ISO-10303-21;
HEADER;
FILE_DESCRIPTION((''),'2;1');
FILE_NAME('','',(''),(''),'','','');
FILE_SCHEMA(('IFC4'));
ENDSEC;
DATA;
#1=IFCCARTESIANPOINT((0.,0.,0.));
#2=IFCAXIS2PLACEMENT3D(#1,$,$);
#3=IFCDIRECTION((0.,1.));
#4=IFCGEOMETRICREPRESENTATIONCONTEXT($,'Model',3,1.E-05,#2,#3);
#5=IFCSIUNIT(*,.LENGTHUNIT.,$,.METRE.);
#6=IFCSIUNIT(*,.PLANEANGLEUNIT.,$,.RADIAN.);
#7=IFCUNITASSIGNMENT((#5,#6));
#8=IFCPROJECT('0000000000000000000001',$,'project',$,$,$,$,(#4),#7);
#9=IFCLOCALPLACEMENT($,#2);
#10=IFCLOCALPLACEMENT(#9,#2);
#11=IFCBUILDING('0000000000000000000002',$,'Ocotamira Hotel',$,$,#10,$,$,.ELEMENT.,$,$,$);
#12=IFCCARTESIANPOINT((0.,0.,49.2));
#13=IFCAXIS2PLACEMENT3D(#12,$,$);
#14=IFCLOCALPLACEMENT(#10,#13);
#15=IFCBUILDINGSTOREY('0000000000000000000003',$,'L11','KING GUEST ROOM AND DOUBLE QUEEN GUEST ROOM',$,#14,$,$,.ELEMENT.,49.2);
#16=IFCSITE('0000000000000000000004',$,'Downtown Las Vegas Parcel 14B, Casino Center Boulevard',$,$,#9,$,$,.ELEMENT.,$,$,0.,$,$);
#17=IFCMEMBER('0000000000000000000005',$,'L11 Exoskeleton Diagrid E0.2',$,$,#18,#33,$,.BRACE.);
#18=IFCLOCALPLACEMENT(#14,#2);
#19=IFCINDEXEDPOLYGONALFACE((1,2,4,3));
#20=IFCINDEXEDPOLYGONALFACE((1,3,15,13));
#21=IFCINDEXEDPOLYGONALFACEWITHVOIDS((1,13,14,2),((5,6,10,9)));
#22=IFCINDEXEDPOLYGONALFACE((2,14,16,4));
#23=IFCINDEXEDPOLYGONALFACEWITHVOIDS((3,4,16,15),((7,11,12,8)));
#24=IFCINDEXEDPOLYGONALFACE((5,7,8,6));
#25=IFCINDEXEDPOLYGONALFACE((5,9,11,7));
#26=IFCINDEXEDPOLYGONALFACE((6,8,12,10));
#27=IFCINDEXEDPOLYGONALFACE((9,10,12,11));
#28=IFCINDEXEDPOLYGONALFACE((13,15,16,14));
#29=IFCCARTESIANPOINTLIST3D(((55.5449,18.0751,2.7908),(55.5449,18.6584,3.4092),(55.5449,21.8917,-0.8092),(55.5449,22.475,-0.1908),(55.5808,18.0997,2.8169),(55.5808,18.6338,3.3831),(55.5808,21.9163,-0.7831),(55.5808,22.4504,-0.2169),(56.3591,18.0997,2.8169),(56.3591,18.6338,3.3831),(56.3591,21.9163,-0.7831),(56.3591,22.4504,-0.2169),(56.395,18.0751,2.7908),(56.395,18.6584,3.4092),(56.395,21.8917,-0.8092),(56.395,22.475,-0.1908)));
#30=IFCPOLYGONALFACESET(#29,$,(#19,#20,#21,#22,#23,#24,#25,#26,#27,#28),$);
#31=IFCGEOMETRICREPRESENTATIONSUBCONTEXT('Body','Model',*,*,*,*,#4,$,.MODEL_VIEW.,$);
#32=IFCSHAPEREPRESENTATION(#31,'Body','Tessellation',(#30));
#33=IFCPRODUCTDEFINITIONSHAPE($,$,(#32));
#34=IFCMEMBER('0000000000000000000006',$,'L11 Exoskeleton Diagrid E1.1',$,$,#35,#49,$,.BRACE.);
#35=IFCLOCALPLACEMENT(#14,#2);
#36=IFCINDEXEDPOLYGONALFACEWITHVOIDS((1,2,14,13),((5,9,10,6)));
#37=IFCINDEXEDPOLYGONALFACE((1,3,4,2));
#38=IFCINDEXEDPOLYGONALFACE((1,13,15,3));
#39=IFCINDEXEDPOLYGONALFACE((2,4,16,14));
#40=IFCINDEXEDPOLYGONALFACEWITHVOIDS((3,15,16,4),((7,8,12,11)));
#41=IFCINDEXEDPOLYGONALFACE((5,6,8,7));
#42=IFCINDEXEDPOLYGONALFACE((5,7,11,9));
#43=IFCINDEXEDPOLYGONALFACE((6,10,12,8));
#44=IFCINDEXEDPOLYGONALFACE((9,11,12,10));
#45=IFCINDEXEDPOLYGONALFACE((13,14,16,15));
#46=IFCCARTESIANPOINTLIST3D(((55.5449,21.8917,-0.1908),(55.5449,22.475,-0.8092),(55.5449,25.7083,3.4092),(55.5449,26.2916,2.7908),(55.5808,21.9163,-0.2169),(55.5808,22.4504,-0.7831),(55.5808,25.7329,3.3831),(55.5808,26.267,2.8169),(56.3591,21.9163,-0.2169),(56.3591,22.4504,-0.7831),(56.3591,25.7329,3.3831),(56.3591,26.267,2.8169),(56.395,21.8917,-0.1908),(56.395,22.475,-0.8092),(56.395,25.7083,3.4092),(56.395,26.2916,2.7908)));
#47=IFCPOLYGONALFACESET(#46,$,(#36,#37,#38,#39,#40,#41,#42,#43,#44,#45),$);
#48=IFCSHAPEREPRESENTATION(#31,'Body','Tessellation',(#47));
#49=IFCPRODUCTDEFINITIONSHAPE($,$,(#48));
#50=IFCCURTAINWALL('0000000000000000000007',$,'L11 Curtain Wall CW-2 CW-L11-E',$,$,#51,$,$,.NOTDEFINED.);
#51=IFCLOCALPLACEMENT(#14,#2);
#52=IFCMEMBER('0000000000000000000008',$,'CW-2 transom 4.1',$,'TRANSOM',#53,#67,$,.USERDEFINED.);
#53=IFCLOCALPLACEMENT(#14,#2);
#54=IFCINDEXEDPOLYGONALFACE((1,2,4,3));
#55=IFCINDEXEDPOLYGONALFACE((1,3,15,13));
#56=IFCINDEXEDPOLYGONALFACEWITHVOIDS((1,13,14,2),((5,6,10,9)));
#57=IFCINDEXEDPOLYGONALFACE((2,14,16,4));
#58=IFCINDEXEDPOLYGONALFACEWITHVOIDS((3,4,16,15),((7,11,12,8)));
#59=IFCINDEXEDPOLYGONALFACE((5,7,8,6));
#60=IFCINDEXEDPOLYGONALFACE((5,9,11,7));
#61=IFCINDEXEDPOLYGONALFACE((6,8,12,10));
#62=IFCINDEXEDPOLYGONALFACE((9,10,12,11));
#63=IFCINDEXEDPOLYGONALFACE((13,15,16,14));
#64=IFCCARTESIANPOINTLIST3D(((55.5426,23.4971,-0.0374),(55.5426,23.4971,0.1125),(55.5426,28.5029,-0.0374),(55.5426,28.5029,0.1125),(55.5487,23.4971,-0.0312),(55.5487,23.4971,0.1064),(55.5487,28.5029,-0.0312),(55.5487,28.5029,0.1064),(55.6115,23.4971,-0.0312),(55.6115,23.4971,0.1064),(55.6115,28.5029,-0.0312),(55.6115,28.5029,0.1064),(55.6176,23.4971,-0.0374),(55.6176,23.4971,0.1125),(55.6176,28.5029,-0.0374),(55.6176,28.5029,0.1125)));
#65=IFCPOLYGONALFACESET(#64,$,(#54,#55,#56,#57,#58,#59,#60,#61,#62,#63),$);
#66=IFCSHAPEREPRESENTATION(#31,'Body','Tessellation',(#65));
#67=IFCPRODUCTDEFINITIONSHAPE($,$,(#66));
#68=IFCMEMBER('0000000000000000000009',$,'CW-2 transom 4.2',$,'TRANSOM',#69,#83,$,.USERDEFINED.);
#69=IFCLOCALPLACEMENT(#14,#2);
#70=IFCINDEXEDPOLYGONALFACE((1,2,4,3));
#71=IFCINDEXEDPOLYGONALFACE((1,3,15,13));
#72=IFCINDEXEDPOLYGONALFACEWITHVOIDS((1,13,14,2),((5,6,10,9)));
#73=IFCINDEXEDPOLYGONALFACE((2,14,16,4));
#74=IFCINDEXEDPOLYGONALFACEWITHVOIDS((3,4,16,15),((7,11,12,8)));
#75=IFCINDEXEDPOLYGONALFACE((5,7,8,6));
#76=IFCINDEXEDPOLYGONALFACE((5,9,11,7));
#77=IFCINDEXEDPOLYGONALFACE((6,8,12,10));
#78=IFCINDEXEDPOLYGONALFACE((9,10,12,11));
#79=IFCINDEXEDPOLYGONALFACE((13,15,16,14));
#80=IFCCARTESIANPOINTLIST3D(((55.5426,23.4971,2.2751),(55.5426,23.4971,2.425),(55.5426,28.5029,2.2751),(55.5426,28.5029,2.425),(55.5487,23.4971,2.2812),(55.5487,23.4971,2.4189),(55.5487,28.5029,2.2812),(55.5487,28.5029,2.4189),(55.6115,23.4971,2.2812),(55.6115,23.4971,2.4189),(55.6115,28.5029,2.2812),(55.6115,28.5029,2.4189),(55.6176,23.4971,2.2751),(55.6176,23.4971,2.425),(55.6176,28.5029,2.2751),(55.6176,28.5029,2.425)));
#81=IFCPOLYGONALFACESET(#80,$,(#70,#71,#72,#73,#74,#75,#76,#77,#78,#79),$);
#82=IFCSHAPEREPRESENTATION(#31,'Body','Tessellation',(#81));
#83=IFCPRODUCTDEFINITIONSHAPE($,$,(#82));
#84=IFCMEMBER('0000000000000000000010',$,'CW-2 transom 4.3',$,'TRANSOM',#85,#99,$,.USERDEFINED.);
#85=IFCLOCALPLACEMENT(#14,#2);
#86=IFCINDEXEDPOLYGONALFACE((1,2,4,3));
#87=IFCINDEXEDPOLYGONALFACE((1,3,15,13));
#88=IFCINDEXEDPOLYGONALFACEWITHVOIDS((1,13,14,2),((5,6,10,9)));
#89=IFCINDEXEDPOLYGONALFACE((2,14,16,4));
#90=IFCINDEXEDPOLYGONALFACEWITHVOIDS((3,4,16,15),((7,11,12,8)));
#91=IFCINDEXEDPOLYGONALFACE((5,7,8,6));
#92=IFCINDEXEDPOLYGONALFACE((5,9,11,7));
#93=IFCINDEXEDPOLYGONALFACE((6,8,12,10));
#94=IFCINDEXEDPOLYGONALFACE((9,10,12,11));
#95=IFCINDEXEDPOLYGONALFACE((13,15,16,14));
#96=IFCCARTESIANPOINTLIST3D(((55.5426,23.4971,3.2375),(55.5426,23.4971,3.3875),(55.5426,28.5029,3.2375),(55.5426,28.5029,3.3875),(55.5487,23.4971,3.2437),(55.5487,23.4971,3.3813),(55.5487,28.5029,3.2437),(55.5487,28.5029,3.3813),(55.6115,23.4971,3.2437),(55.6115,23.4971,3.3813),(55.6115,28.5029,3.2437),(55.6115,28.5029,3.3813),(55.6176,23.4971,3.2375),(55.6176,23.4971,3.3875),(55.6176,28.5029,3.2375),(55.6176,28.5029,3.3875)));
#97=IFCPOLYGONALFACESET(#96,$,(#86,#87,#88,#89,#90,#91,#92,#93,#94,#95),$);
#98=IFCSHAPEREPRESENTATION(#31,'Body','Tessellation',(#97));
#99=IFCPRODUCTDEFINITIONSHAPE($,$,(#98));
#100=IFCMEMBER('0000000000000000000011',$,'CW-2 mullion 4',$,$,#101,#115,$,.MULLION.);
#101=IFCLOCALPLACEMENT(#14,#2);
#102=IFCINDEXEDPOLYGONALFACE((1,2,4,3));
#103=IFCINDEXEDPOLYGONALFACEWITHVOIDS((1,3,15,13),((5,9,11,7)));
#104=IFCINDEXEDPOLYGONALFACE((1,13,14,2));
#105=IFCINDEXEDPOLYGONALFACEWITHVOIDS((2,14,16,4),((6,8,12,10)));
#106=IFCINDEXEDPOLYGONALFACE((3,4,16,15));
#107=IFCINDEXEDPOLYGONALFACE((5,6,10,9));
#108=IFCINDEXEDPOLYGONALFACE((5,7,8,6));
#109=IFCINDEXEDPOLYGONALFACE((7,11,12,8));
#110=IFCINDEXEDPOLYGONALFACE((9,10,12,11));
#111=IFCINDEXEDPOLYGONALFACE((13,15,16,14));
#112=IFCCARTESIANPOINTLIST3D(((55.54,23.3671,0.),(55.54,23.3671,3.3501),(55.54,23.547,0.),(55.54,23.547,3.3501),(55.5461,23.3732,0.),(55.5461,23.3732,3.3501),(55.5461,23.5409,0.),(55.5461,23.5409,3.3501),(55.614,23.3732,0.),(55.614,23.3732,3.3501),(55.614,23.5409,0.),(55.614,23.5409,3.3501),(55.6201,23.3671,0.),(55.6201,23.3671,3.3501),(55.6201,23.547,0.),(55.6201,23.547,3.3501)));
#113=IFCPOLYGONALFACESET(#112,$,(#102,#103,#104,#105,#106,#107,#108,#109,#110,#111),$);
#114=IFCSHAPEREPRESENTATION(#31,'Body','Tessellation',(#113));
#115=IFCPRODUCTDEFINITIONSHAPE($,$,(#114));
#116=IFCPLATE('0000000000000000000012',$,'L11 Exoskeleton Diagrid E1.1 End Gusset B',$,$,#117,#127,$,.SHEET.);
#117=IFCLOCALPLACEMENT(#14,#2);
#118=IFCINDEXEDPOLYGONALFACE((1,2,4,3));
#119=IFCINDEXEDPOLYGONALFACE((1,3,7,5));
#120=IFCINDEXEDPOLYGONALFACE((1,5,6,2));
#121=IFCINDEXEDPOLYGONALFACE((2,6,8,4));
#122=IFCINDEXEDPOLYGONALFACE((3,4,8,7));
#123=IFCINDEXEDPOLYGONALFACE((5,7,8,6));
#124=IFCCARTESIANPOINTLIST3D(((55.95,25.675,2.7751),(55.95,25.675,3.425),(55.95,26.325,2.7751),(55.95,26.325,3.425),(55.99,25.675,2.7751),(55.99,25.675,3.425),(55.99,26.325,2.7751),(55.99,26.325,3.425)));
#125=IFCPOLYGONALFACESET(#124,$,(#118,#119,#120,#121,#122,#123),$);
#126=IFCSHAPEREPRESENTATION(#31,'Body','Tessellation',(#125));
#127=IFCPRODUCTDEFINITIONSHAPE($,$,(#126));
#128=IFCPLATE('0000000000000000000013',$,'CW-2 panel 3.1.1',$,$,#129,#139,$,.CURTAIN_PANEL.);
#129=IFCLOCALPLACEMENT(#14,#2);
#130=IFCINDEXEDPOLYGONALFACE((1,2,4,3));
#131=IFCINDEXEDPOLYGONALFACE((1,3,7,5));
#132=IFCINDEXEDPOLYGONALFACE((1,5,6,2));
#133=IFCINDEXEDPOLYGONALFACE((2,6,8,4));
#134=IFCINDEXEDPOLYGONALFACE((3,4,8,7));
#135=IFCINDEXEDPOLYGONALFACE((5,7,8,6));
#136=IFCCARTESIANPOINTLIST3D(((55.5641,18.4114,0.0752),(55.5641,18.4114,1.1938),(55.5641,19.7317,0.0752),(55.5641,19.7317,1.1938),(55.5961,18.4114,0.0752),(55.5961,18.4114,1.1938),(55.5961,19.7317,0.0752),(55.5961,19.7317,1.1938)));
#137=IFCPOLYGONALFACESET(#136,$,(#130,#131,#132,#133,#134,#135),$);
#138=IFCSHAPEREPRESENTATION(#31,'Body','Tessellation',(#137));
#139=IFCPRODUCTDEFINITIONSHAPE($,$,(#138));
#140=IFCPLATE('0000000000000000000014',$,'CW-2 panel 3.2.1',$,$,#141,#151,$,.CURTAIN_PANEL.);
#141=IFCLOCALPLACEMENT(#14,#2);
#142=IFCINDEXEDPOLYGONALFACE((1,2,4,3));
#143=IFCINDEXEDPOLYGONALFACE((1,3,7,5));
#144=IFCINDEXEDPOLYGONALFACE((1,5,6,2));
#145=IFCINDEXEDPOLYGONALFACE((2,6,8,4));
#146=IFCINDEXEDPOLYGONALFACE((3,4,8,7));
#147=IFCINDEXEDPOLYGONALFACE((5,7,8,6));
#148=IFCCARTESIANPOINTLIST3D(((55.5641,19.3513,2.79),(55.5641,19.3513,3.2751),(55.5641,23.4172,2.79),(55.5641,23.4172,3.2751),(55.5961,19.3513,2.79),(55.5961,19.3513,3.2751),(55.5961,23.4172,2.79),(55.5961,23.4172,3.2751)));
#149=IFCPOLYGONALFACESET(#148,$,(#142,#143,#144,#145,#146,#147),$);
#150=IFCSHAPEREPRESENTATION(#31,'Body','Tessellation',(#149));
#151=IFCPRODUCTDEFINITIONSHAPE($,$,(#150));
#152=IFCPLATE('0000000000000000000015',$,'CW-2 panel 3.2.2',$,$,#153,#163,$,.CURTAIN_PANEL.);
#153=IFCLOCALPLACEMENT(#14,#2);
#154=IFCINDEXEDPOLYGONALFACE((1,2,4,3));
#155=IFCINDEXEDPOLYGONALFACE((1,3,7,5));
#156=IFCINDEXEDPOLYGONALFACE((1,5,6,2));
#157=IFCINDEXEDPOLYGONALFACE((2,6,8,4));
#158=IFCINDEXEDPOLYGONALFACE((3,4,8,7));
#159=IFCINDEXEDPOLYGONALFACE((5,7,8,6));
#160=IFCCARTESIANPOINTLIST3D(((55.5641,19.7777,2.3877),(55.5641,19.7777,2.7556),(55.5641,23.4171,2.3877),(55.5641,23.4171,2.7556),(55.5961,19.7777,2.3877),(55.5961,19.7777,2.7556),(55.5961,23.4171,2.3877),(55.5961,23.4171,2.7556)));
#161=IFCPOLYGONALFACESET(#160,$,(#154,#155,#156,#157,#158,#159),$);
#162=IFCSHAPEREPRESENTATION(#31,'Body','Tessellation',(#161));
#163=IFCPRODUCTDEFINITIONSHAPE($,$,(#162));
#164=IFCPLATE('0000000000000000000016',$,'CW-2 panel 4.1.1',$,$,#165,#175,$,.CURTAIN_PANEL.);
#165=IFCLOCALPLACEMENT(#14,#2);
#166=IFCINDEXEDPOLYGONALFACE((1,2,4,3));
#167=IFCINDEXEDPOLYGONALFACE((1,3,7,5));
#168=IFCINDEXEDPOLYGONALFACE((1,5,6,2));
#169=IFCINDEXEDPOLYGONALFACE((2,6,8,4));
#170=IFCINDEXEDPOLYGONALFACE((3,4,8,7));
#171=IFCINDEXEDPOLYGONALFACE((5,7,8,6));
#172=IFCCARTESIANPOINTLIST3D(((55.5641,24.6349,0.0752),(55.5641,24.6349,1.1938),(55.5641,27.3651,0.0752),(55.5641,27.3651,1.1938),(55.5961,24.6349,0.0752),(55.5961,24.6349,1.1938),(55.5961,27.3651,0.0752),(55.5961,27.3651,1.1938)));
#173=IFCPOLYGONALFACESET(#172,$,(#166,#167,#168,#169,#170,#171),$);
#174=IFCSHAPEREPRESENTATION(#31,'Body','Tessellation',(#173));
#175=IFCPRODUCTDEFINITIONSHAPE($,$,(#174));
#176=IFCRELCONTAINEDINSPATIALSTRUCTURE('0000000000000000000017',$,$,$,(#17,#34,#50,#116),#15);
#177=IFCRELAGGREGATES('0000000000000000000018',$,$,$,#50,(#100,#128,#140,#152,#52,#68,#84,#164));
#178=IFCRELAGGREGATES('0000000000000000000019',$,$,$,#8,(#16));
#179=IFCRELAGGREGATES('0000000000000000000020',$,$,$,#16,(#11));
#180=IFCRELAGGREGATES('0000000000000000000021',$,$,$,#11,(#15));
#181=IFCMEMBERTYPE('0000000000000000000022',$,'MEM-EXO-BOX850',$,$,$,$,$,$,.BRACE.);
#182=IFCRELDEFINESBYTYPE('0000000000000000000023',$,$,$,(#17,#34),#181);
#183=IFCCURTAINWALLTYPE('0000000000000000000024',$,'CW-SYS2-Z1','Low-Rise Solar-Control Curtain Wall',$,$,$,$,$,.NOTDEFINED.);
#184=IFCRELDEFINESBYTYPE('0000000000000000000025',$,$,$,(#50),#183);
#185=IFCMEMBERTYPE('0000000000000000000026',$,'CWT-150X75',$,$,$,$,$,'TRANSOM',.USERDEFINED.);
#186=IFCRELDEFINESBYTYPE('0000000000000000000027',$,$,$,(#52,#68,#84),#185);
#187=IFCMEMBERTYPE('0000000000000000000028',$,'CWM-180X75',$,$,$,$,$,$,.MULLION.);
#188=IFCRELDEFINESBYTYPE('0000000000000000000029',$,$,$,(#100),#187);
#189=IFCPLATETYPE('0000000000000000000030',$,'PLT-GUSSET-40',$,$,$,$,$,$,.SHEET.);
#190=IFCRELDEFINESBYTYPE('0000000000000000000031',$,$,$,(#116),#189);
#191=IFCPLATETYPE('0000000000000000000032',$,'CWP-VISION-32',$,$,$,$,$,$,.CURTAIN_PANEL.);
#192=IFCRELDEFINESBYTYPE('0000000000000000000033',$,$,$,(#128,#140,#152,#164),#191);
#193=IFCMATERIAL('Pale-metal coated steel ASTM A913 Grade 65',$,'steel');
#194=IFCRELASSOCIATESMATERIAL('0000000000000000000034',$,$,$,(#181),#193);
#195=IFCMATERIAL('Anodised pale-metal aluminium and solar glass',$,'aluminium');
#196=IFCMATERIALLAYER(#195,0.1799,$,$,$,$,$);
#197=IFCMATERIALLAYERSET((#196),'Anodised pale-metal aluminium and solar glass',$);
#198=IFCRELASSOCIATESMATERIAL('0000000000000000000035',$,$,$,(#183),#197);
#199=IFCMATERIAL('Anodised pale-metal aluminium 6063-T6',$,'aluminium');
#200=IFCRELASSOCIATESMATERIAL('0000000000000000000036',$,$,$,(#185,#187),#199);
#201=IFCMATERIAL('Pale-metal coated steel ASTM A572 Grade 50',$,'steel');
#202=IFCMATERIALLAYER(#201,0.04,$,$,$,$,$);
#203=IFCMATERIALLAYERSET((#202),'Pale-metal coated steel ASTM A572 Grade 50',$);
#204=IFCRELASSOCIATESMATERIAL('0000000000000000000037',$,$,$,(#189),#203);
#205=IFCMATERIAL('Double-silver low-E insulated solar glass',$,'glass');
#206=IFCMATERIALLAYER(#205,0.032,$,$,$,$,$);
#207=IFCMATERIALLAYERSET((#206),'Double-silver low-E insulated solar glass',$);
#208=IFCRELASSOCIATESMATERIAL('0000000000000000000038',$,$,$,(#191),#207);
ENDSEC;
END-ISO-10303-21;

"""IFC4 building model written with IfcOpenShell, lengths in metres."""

from ifc_helpers import new_model, si_unit, direction, frame, origin, origin_2d, place, context, subcontext, project, spatial, rectangle, hollow_rectangle, extrude, source, transform, mapped, material, layer, layer_set, material_profile, profile_set, type_object, element, aggregate, save


model = new_model("IFC4")

# Units and contexts
model_context = context("Model", 3, precision=1e-05, world=origin(), true_north=direction((0.0, 1.0)))
body_context = subcontext(model_context, "Body", "Model", "MODEL_VIEW")
ifc_project = project(units=[si_unit("LENGTHUNIT", "METRE"), si_unit("PLANEANGLEUNIT", "RADIAN")], contexts=[model_context])

# Site, building, storey
site_placement = place(None, origin())
site = spatial("IfcSite", under=ifc_project, at=site_placement, Name="Downtown Las Vegas Parcel 14B, Casino Center Boulevard", CompositionType="ELEMENT", RefElevation=0.0)
building_placement = place(site_placement, origin())
building = spatial("IfcBuilding", under=site, at=building_placement, Name="Ocotamira Hotel", CompositionType="ELEMENT")
storey_placement = place(building_placement, frame((0.0, 0.0, 49.2)))
storey = spatial("IfcBuildingStorey", under=building, at=storey_placement, Name="L11", Description="KING GUEST ROOM AND DOUBLE QUEEN GUEST ROOM", CompositionType="ELEMENT", Elevation=49.2)

# Members
ifc_material_1 = material(Name="Pale-metal coated steel ASTM A913 Grade 65", Category="steel")
ifc_material_profile_1 = material_profile(ifc_material_1, hollow_rectangle(XDim=0.8501, YDim=0.8501, WallThickness=0.0359, at=origin_2d()), Name="BOX850X850X36")
ifc_profile_set_1 = profile_set([ifc_material_profile_1], Name="Pale-metal coated steel ASTM A913 Grade 65")
member_type_1 = type_object("IfcMemberType", Name="MEM-EXO-BOX850", PredefinedType="BRACE", material=ifc_profile_set_1)
shared_shape_1 = source(origin(), body_context, "Body", "SweptSolid", [
    extrude(hollow_rectangle(XDim=0.8501, YDim=0.8501, WallThickness=0.0359, at=origin_2d()), origin(), (0.0, 0.0, 1.0), 5.2466),
])
for number, where, z_axis, x_axis, name in (
    (1, (55.97, 22.1833, -0.5), (0.0, -0.727443, 0.686168), (1.0, 0.0, 0.0), "L11 Exoskeleton Diagrid E0.2"),
    (2, (55.97, 22.1833, -0.5), (0.0, 0.727443, 0.686168), (-1.0, 0.0, 0.0), "L11 Exoskeleton Diagrid E1.1"),
):
    element("IfcMember", number, at=place(storey_placement, frame(where, z_axis=z_axis, x_axis=x_axis)), inside=storey, type_object=member_type_1, Name=name, PredefinedType="BRACE", context=body_context, shape_type="MappedRepresentation", body=[
        mapped(shared_shape_1, transform((0.0, 0.0, 0.0), scale=1.0)),
    ])

# Curtain wall, members
ifc_material_2 = material(Name="Anodised pale-metal aluminium and solar glass", Category="aluminium")
ifc_layer_1 = layer(ifc_material_2, 0.1799)
ifc_layer_set_1 = layer_set([ifc_layer_1], Name="Anodised pale-metal aluminium and solar glass")
curtain_wall_type = type_object("IfcCurtainWallType", Name="CW-SYS2-Z1", Description="Low-Rise Solar-Control Curtain Wall", PredefinedType="NOTDEFINED", material=ifc_layer_set_1)
curtain_wall_placement = place(storey_placement, origin())
curtain_wall = element("IfcCurtainWall", 3, at=curtain_wall_placement, inside=storey, type_object=curtain_wall_type, Name="L11 Curtain Wall CW-2 CW-L11-E", PredefinedType="NOTDEFINED")
ifc_material_3 = material(Name="Anodised pale-metal aluminium 6063-T6", Category="aluminium")
ifc_material_profile_2 = material_profile(ifc_material_3, hollow_rectangle(XDim=0.075, YDim=0.1499, WallThickness=0.0061, at=origin_2d()), Name="HSS150X75X6")
ifc_profile_set_2 = profile_set([ifc_material_profile_2], Name="Anodised pale-metal aluminium 6063-T6")
member_type_2 = type_object("IfcMemberType", Name="CWT-150X75", ElementType="TRANSOM", PredefinedType="USERDEFINED", material=ifc_profile_set_2)
shared_shape_2 = source(origin(), body_context, "Body", "SweptSolid", [
    extrude(hollow_rectangle(XDim=0.075, YDim=0.1499, WallThickness=0.0061, at=origin_2d()), origin(), (0.0, 0.0, 1.0), 5.0059),
])
member_1_placement = place(storey_placement, frame((55.5801, 23.4971, 0.0376), z_axis=(0.0, 1.0, 0.0), x_axis=(-1.0, 0.0, 0.0)))
member_1 = element("IfcMember", 4, at=member_1_placement, type_object=member_type_2, Name="CW-2 transom 4.1", ObjectType="TRANSOM", PredefinedType="USERDEFINED", context=body_context, shape_type="MappedRepresentation", body=[
    mapped(shared_shape_2, transform((0.0, 0.0, 0.0), scale=1.0)),
])
member_2_placement = place(storey_placement, frame((55.5801, 23.4971, 2.3501), z_axis=(0.0, 1.0, 0.0), x_axis=(-1.0, 0.0, 0.0)))
member_2 = element("IfcMember", 5, at=member_2_placement, type_object=member_type_2, Name="CW-2 transom 4.2", ObjectType="TRANSOM", PredefinedType="USERDEFINED", context=body_context, shape_type="MappedRepresentation", body=[
    mapped(shared_shape_2, transform((0.0, 0.0, 0.0), scale=1.0)),
])
member_3_placement = place(storey_placement, frame((55.5801, 23.4971, 3.3125), z_axis=(0.0, 1.0, 0.0), x_axis=(-1.0, 0.0, 0.0)))
member_3 = element("IfcMember", 6, at=member_3_placement, type_object=member_type_2, Name="CW-2 transom 4.3", ObjectType="TRANSOM", PredefinedType="USERDEFINED", context=body_context, shape_type="MappedRepresentation", body=[
    mapped(shared_shape_2, transform((0.0, 0.0, 0.0), scale=1.0)),
])
ifc_material_profile_3 = material_profile(ifc_material_3, hollow_rectangle(XDim=0.0801, YDim=0.1799, WallThickness=0.0061, at=origin_2d()), Name="HSS180X80X6")
ifc_profile_set_3 = profile_set([ifc_material_profile_3], Name="Anodised pale-metal aluminium 6063-T6")
member_type_3 = type_object("IfcMemberType", Name="CWM-180X75", PredefinedType="MULLION", material=ifc_profile_set_3)
shared_shape_3 = source(origin(), body_context, "Body", "SweptSolid", [
    extrude(hollow_rectangle(XDim=0.0801, YDim=0.1799, WallThickness=0.0061, at=origin_2d()), origin(), (0.0, 0.0, 1.0), 3.3501),
])
member_4_placement = place(storey_placement, frame((55.5801, 23.457, 0.0), z_axis=(0.0, 0.0, 1.0), x_axis=(-1.0, 0.0, 0.0)))
member_4 = element("IfcMember", 7, at=member_4_placement, type_object=member_type_3, Name="CW-2 mullion 4", PredefinedType="MULLION", context=body_context, shape_type="MappedRepresentation", body=[
    mapped(shared_shape_3, transform((0.0, 0.0, 0.0), scale=1.0)),
])

# Plates
ifc_material_4 = material(Name="Pale-metal coated steel ASTM A572 Grade 50", Category="steel")
ifc_layer_2 = layer(ifc_material_4, 0.04)
ifc_layer_set_2 = layer_set([ifc_layer_2], Name="Pale-metal coated steel ASTM A572 Grade 50")
plate_type_1 = type_object("IfcPlateType", Name="PLT-GUSSET-40", PredefinedType="SHEET", material=ifc_layer_set_2)
shared_shape_4 = source(origin(), body_context, "Body", "SweptSolid", [
    extrude(rectangle(XDim=0.04, YDim=0.6499, at=origin_2d()), origin(), (0.0, 0.0, 1.0), 0.6499),
])
plate_1_placement = place(storey_placement, frame((55.97, 26.0, 2.7751), z_axis=(0.0, 0.0, 1.0), x_axis=(1.0, 0.0, 0.0)))
element("IfcPlate", 8, at=plate_1_placement, inside=storey, type_object=plate_type_1, Name="L11 Exoskeleton Diagrid E1.1 End Gusset B", PredefinedType="SHEET", context=body_context, shape_type="MappedRepresentation", body=[
    mapped(shared_shape_4, transform((0.0, 0.0, 0.0), scale=1.0)),
])
ifc_material_5 = material(Name="Double-silver low-E insulated solar glass", Category="glass")
ifc_layer_3 = layer(ifc_material_5, 0.032)
ifc_layer_set_3 = layer_set([ifc_layer_3], Name="Double-silver low-E insulated solar glass")
plate_type_2 = type_object("IfcPlateType", Name="CWP-VISION-32", PredefinedType="CURTAIN_PANEL", material=ifc_layer_set_3)
shared_shape_5 = source(origin(), body_context, "Body", "SweptSolid", [
    extrude(rectangle(XDim=1.3203, YDim=0.032, at=origin_2d()), origin(), (0.0, 0.0, 1.0), 1.1187),
])
plate_2_placement = place(storey_placement, frame((55.5801, 19.0715, 0.0752), z_axis=(0.0, 0.0, 1.0), x_axis=(0.0, 1.0, 0.0)))
plate_2 = element("IfcPlate", 9, at=plate_2_placement, type_object=plate_type_2, Name="CW-2 panel 3.1.1", PredefinedType="CURTAIN_PANEL", context=body_context, shape_type="MappedRepresentation", body=[
    mapped(shared_shape_5, transform((0.0, 0.0, 0.0), scale=1.0)),
])
shared_shape_6 = source(origin(), body_context, "Body", "SweptSolid", [
    extrude(rectangle(XDim=4.0659, YDim=0.032, at=origin_2d()), origin(), (0.0, 0.0, 1.0), 0.4851),
])
plate_3_placement = place(storey_placement, frame((55.5801, 21.3843, 2.79), z_axis=(0.0, 0.0, 1.0), x_axis=(0.0, 1.0, 0.0)))
plate_3 = element("IfcPlate", 10, at=plate_3_placement, type_object=plate_type_2, Name="CW-2 panel 3.2.1", PredefinedType="CURTAIN_PANEL", context=body_context, shape_type="MappedRepresentation", body=[
    mapped(shared_shape_6, transform((0.0, 0.0, 0.0), scale=1.0)),
])
shared_shape_7 = source(origin(), body_context, "Body", "SweptSolid", [
    extrude(rectangle(XDim=3.6394, YDim=0.032, at=origin_2d()), origin(), (0.0, 0.0, 1.0), 0.3679),
])
plate_4_placement = place(storey_placement, frame((55.5801, 21.5974, 2.3877), z_axis=(0.0, 0.0, 1.0), x_axis=(0.0, 1.0, 0.0)))
plate_4 = element("IfcPlate", 11, at=plate_4_placement, type_object=plate_type_2, Name="CW-2 panel 3.2.2", PredefinedType="CURTAIN_PANEL", context=body_context, shape_type="MappedRepresentation", body=[
    mapped(shared_shape_7, transform((0.0, 0.0, 0.0), scale=1.0)),
])
shared_shape_8 = source(origin(), body_context, "Body", "SweptSolid", [
    extrude(rectangle(XDim=2.7302, YDim=0.032, at=origin_2d()), origin(), (0.0, 0.0, 1.0), 1.1187),
])
plate_5_placement = place(storey_placement, frame((55.5801, 26.0, 0.0752), z_axis=(0.0, 0.0, 1.0), x_axis=(0.0, 1.0, 0.0)))
plate_5 = element("IfcPlate", 12, at=plate_5_placement, type_object=plate_type_2, Name="CW-2 panel 4.1.1", PredefinedType="CURTAIN_PANEL", context=body_context, shape_type="MappedRepresentation", body=[
    mapped(shared_shape_8, transform((0.0, 0.0, 0.0), scale=1.0)),
])
aggregate(curtain_wall, [member_4, plate_2, plate_3, plate_4, member_1, member_2, member_3, plate_5])

save(model, "model.ifc")
